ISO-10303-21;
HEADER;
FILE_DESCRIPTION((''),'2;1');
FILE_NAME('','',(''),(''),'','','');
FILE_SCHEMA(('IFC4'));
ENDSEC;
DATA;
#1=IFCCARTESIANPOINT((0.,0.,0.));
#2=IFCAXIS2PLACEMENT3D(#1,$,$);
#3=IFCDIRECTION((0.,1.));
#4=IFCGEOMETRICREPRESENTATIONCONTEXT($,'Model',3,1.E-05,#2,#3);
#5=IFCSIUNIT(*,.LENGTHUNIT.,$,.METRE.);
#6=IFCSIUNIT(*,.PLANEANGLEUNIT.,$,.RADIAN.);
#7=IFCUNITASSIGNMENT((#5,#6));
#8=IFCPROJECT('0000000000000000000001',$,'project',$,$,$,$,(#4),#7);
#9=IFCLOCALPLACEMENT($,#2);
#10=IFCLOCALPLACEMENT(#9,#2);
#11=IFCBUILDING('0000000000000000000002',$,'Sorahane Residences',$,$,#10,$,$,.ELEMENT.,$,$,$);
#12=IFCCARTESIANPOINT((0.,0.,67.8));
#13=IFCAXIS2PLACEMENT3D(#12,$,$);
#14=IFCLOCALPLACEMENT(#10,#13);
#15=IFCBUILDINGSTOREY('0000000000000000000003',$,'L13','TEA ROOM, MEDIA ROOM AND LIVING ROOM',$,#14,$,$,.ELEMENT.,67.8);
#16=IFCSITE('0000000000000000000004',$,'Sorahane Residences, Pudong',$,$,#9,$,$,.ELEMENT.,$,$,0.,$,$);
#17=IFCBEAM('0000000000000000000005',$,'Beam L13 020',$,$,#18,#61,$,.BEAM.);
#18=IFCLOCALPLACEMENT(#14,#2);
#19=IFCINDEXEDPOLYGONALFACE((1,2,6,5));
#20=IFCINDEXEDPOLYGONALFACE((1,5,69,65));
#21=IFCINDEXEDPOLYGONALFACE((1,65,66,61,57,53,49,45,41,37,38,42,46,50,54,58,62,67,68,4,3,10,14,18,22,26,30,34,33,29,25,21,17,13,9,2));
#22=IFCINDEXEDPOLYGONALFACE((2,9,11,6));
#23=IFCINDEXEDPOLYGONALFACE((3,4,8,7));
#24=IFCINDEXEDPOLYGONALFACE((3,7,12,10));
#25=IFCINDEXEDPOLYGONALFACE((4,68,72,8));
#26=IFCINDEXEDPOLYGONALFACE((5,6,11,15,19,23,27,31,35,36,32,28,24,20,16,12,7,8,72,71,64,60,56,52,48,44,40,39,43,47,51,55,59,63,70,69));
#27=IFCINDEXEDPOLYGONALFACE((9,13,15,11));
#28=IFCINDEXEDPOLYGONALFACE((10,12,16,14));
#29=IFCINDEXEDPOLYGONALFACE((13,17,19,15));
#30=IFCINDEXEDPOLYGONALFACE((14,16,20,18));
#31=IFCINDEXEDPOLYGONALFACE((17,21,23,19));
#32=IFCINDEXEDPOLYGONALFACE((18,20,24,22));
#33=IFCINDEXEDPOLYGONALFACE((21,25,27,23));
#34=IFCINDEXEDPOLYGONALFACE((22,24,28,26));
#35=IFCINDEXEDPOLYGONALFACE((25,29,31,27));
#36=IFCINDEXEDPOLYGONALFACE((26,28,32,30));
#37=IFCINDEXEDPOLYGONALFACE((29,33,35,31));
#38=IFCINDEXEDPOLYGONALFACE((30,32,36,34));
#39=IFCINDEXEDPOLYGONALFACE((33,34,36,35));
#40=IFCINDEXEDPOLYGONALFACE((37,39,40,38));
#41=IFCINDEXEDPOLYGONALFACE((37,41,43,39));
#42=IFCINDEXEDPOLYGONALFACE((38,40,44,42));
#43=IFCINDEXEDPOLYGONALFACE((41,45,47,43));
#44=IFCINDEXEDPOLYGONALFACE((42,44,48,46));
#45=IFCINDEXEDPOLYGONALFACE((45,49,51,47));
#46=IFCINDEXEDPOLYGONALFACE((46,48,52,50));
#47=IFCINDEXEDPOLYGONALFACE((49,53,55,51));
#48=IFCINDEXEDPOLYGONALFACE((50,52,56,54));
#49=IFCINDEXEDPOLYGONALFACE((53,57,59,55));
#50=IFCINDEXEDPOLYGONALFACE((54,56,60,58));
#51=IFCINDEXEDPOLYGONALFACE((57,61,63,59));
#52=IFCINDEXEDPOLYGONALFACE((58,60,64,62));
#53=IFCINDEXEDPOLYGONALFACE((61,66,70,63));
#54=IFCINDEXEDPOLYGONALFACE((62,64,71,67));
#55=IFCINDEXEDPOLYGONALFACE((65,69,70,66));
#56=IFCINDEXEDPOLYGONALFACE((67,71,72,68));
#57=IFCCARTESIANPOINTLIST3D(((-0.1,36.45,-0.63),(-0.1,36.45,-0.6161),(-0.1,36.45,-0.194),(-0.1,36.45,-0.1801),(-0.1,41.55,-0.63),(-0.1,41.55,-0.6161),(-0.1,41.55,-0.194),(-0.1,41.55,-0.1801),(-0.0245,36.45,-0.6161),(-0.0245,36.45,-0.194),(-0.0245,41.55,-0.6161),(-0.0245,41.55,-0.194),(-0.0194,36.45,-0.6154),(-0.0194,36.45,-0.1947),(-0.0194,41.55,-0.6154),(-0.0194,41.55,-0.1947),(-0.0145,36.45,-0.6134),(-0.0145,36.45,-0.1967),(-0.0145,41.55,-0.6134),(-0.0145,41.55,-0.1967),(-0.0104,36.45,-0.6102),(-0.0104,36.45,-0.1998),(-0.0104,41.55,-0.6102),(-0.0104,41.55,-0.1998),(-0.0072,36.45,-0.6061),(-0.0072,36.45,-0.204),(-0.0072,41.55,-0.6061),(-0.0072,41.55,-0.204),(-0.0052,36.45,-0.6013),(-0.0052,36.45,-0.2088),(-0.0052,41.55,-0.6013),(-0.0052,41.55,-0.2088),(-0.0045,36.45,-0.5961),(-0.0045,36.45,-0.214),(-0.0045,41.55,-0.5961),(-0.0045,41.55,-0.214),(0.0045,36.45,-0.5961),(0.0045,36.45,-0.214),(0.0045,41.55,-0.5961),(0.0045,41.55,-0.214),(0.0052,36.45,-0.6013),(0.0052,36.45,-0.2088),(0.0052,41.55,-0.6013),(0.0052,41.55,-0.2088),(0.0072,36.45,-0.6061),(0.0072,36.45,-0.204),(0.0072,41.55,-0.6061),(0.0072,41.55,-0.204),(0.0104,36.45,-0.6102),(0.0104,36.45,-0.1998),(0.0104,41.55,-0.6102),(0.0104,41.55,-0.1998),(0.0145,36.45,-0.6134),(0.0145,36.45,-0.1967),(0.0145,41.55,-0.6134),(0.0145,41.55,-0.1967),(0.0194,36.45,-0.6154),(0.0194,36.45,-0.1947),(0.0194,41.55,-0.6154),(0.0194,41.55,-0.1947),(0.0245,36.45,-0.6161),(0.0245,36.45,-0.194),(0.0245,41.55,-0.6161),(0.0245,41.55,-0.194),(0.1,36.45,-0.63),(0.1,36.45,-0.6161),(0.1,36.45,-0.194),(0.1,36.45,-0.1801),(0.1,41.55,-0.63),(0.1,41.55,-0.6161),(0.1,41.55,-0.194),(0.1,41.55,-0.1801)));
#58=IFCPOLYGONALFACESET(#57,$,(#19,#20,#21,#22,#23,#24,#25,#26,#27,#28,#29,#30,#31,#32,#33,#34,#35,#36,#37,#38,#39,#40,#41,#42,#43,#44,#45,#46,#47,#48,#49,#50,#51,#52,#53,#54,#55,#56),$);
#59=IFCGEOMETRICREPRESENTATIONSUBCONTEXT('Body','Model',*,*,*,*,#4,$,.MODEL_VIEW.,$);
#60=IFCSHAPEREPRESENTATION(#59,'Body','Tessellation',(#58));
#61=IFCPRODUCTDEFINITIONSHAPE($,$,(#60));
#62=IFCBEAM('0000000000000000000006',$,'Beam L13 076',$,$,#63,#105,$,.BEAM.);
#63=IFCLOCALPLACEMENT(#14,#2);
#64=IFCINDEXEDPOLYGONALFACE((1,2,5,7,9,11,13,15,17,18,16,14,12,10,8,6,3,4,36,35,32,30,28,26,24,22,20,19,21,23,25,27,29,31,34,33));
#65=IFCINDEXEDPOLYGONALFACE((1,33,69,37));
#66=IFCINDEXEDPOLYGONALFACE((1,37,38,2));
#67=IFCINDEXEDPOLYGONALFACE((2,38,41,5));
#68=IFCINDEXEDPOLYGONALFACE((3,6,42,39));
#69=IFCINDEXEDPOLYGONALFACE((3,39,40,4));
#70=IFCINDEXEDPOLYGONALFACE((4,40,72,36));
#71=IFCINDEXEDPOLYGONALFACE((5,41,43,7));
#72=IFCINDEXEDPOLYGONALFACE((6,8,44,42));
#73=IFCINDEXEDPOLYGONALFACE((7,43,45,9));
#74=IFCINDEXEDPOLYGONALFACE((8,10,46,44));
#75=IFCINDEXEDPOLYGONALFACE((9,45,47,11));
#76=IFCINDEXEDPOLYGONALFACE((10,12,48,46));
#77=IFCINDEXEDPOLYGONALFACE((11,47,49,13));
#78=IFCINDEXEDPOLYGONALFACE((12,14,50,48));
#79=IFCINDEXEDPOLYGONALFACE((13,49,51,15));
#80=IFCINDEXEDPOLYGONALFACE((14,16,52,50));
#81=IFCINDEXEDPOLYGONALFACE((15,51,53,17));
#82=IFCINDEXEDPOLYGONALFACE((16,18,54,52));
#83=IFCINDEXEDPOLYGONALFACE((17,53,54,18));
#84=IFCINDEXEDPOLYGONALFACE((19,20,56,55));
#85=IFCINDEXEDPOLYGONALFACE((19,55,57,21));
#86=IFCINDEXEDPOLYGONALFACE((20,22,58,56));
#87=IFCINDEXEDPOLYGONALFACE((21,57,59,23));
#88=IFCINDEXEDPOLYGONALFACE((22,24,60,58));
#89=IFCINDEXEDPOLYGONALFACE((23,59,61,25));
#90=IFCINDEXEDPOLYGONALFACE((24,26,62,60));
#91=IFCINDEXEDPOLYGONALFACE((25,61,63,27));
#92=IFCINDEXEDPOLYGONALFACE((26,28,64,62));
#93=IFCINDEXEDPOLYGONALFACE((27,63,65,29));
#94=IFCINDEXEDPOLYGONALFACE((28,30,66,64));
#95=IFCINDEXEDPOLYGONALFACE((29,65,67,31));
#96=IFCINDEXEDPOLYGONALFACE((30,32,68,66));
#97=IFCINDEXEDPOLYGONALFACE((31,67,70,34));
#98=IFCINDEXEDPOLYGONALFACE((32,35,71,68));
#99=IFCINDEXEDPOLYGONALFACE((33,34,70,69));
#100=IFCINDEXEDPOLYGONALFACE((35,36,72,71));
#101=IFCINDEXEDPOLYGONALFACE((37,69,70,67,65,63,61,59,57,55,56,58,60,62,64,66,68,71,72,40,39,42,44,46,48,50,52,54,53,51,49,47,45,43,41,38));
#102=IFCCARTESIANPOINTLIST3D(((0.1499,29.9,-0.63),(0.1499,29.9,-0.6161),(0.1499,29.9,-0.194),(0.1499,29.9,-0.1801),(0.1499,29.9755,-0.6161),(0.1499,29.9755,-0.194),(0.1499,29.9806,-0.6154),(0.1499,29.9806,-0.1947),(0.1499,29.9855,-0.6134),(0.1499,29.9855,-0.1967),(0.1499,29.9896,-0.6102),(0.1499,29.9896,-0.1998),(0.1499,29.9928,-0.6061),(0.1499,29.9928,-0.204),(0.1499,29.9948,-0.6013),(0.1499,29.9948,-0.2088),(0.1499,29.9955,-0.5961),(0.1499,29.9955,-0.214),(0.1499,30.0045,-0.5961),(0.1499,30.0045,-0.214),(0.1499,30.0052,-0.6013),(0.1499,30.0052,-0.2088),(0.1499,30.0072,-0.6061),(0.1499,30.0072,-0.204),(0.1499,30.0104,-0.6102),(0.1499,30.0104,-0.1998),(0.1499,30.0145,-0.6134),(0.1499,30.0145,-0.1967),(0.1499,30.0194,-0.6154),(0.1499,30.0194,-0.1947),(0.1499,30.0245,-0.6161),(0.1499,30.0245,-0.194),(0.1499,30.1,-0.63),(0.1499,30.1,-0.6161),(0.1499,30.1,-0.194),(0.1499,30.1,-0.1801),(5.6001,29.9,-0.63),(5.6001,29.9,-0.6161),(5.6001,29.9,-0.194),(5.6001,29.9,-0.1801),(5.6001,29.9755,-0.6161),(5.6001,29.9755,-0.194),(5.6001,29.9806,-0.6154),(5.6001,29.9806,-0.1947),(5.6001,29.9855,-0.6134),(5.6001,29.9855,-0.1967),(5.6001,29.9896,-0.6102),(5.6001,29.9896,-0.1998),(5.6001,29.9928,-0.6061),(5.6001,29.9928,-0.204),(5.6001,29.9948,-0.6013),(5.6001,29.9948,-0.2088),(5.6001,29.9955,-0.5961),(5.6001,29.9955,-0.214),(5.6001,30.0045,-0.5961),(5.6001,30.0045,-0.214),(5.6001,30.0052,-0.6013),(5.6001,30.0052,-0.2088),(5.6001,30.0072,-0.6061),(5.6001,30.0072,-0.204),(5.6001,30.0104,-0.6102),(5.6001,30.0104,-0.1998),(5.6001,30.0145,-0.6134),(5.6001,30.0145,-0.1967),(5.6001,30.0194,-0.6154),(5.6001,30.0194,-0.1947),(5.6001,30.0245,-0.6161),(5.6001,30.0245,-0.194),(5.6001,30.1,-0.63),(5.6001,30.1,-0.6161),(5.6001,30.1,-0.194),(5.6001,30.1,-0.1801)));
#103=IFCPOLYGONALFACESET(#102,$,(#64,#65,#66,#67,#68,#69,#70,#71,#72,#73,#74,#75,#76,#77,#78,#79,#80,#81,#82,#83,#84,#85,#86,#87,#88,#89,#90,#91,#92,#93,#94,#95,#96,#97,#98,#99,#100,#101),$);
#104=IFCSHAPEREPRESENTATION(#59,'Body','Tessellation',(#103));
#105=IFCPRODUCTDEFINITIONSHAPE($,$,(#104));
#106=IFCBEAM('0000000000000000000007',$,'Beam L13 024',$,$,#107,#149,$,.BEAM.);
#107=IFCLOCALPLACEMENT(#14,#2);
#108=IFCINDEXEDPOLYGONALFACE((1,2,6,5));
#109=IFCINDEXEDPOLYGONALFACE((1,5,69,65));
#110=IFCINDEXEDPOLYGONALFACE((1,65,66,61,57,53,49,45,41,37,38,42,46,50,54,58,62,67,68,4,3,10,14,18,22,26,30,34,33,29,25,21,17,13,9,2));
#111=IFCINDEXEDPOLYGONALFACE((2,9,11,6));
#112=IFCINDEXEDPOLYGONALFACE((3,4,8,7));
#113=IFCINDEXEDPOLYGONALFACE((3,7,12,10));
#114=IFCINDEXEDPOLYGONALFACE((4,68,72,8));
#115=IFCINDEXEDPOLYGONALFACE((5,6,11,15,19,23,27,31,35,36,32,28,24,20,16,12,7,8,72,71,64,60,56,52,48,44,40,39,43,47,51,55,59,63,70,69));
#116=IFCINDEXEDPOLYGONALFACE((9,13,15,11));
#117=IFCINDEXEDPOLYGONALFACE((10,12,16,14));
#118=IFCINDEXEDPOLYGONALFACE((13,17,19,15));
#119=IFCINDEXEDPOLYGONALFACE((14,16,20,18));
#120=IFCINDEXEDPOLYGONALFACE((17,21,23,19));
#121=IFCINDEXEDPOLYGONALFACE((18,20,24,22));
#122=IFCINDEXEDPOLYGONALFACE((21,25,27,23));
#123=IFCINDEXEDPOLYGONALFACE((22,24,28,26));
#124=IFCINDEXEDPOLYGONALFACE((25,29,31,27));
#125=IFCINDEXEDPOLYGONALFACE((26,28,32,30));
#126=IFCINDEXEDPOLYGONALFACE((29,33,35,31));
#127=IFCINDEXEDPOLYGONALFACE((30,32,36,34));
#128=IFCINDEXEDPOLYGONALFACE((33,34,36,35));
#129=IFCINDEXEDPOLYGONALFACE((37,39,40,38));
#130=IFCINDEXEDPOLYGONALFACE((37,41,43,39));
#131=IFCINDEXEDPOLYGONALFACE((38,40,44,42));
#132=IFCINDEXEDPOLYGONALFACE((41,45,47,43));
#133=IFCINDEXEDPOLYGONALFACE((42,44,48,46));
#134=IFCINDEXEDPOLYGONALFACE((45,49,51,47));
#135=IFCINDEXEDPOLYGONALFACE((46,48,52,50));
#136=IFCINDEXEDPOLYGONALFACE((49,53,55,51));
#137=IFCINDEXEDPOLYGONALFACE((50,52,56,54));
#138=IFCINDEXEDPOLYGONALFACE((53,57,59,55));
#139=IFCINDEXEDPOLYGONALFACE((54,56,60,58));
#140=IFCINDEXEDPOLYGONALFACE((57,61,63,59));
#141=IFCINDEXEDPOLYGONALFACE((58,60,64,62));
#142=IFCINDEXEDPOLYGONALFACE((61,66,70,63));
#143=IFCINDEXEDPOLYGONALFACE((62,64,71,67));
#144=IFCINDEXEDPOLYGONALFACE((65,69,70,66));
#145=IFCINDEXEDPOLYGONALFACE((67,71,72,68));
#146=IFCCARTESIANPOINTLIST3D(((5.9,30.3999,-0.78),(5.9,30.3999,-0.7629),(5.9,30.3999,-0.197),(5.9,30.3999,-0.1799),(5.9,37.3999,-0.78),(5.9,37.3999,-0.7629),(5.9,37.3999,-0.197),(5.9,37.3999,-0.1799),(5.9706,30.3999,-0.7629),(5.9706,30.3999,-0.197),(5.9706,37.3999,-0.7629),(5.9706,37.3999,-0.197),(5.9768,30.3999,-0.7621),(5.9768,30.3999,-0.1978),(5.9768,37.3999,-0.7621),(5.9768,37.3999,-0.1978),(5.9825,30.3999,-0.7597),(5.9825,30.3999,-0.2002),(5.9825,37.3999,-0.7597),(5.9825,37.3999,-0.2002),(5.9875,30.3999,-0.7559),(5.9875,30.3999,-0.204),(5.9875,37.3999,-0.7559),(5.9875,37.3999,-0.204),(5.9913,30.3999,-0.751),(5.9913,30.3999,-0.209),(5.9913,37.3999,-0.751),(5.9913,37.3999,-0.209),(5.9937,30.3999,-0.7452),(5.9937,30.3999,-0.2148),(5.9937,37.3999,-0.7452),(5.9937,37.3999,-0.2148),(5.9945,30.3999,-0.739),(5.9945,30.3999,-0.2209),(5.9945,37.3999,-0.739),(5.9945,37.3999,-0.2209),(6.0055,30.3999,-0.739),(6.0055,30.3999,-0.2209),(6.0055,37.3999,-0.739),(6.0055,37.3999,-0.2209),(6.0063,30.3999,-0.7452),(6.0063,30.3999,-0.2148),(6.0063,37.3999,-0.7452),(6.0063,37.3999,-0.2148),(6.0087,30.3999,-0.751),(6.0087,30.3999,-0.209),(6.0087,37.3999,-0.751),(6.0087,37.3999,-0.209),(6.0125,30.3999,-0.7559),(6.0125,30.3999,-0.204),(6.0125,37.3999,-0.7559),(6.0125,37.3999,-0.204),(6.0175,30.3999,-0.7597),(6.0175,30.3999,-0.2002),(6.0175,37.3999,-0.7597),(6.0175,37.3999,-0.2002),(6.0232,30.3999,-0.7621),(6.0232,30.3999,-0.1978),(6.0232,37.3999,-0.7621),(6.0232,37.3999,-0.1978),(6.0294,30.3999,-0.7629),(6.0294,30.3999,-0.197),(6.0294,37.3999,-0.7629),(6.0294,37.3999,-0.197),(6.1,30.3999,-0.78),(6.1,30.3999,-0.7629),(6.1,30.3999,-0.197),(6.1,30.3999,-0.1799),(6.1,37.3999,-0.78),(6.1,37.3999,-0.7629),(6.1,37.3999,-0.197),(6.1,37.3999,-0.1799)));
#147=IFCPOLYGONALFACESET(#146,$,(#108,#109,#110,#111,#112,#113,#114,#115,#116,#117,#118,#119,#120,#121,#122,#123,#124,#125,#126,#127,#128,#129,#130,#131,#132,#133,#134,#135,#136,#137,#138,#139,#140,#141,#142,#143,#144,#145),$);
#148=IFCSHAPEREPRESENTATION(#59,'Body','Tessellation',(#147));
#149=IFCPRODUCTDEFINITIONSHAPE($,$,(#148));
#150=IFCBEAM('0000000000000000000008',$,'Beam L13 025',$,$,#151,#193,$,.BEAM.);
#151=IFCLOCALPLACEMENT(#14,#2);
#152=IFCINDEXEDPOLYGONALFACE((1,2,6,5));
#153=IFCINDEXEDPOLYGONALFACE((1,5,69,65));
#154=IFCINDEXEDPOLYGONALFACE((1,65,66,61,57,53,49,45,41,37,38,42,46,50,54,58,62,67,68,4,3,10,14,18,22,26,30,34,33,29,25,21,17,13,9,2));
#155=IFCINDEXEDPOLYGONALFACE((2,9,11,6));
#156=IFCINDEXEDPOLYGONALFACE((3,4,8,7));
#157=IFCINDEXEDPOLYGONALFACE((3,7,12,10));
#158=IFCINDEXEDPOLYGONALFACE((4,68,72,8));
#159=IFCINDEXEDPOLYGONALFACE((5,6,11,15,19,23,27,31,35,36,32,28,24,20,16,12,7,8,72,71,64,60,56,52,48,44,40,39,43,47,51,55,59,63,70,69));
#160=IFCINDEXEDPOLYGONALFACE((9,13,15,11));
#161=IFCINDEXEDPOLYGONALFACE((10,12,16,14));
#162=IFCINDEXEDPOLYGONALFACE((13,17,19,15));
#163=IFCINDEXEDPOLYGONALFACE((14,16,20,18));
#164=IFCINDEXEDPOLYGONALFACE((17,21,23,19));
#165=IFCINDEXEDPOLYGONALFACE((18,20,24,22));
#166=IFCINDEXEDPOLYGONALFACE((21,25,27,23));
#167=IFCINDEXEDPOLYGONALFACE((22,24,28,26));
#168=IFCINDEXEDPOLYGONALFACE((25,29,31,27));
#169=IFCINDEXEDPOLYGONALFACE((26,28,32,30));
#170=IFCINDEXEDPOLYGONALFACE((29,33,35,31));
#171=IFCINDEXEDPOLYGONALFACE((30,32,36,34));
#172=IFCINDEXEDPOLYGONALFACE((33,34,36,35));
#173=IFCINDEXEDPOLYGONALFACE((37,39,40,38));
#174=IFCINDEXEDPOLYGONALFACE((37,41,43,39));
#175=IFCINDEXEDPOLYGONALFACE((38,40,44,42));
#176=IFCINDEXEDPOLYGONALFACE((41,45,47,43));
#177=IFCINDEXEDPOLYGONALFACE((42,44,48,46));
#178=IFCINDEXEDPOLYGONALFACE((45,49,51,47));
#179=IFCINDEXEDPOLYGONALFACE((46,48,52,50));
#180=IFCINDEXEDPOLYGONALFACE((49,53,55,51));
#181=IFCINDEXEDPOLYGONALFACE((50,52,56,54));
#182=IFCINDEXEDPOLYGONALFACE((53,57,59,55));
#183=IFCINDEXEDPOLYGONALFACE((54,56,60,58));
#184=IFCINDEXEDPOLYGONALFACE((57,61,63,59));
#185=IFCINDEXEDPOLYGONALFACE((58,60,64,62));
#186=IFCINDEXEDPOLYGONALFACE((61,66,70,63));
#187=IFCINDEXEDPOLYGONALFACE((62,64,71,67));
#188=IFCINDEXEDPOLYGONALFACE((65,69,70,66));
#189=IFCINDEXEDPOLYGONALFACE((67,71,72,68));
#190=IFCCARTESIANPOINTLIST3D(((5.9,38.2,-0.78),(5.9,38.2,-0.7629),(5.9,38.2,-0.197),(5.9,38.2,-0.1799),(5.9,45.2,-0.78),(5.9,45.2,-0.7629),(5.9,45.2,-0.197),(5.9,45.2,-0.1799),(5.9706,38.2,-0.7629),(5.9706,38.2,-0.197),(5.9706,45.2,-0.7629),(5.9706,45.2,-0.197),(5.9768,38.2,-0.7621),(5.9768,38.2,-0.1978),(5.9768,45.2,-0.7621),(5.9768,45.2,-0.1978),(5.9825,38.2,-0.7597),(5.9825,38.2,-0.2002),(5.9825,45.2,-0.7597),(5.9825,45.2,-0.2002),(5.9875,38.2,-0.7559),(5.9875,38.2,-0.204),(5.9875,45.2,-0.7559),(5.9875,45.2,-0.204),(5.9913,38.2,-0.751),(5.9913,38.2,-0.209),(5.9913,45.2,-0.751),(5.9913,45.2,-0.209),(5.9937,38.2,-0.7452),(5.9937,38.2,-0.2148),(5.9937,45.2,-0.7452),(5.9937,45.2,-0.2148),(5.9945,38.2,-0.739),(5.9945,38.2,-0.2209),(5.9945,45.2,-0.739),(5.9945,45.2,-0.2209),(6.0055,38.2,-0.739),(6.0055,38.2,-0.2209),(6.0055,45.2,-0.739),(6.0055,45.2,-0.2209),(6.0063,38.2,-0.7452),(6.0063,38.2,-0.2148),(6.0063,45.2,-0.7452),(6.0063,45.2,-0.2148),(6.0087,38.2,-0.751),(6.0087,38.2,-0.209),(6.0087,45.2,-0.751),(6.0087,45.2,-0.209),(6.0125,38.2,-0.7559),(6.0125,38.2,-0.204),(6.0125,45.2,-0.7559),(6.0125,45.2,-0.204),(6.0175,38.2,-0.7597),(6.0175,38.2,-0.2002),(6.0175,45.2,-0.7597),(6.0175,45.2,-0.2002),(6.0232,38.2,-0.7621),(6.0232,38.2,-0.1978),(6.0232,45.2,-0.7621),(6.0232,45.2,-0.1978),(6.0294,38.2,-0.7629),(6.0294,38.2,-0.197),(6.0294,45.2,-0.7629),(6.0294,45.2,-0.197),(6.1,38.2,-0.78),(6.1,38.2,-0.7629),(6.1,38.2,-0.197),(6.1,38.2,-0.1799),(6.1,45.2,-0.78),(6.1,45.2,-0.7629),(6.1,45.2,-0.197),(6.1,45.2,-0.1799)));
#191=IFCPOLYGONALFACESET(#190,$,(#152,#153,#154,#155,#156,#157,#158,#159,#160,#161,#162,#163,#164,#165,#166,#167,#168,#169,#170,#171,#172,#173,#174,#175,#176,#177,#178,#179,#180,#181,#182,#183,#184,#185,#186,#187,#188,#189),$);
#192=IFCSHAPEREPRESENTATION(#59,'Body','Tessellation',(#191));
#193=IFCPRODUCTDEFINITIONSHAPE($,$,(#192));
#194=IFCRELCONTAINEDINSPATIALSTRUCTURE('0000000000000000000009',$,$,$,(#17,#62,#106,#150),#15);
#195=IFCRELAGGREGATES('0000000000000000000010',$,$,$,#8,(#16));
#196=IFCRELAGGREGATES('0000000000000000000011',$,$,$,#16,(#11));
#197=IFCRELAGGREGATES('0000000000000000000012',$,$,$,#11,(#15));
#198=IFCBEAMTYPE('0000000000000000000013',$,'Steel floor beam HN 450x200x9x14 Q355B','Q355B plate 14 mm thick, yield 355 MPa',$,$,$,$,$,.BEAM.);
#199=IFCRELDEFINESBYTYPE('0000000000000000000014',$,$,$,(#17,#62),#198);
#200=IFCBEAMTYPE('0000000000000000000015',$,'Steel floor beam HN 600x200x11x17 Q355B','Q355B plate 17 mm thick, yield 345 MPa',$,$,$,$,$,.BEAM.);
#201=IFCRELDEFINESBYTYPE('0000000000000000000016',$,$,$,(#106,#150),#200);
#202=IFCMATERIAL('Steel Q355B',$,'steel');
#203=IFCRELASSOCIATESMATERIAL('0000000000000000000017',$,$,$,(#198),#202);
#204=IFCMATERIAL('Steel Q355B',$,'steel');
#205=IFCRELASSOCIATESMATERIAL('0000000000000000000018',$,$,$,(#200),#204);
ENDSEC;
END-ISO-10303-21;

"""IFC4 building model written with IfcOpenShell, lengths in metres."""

from ifc_helpers import new_model, si_unit, direction, frame, origin, origin_2d, place, context, subcontext, project, spatial, i_section, extrude, material, material_profile, profile_set, type_object, element, save


model = new_model("IFC4")

# Units and contexts
model_context = context("Model", 3, precision=1e-05, world=origin(), true_north=direction((0.0, 1.0)))
body_context = subcontext(model_context, "Body", "Model", "MODEL_VIEW")
ifc_project = project(units=[si_unit("LENGTHUNIT", "METRE"), si_unit("PLANEANGLEUNIT", "RADIAN")], contexts=[model_context])

# Site, building, storey
site_placement = place(None, origin())
site = spatial("IfcSite", under=ifc_project, at=site_placement, Name="Sorahane Residences, Pudong", CompositionType="ELEMENT", RefElevation=0.0)
building_placement = place(site_placement, origin())
building = spatial("IfcBuilding", under=site, at=building_placement, Name="Sorahane Residences", CompositionType="ELEMENT")
storey_placement = place(building_placement, frame((0.0, 0.0, 67.8)))
storey = spatial("IfcBuildingStorey", under=building, at=storey_placement, Name="L13", Description="TEA ROOM, MEDIA ROOM AND LIVING ROOM", CompositionType="ELEMENT", Elevation=67.8)

# Beams
ifc_material_1 = material(Name="Steel Q355B", Category="steel")
ifc_material_profile_1 = material_profile(ifc_material_1, i_section(OverallWidth=0.2, OverallDepth=0.45, WebThickness=0.009, FlangeThickness=0.0139, FilletRadius=0.02, at=origin_2d()), Name="HN 450x200x9x14")
ifc_profile_set_1 = profile_set([ifc_material_profile_1], Name="Steel Q355B")
beam_type_1 = type_object("IfcBeamType", Name="Steel floor beam HN 450x200x9x14 Q355B", Description="Q355B plate 14 mm thick, yield 355 MPa", PredefinedType="BEAM", material=ifc_profile_set_1)
beam_1_placement = place(storey_placement, frame((0.0, 36.45, -0.405), z_axis=(0.0, 1.0, 0.0), x_axis=(-1.0, 0.0, 0.0)))
element("IfcBeam", 1, at=beam_1_placement, inside=storey, type_object=beam_type_1, Name="Beam L13 020", PredefinedType="BEAM", context=body_context, shape_type="SweptSolid", body=[
    extrude(i_section(OverallWidth=0.2, OverallDepth=0.45, WebThickness=0.009, FlangeThickness=0.0139, FilletRadius=0.02, at=origin_2d()), origin(), (0.0, 0.0, 1.0), 5.1001),
])
beam_2_placement = place(storey_placement, frame((0.1499, 30.0, -0.405), z_axis=(1.0, 0.0, 0.0), x_axis=(0.0, 1.0, 0.0)))
element("IfcBeam", 2, at=beam_2_placement, inside=storey, type_object=beam_type_1, Name="Beam L13 076", PredefinedType="BEAM", context=body_context, shape_type="SweptSolid", body=[
    extrude(i_section(OverallWidth=0.2, OverallDepth=0.45, WebThickness=0.009, FlangeThickness=0.0139, FilletRadius=0.02, at=origin_2d()), origin(), (0.0, 0.0, 1.0), 5.4502),
])
ifc_material_2 = material(Name="Steel Q355B", Category="steel")
ifc_material_profile_2 = material_profile(ifc_material_2, i_section(OverallWidth=0.2, OverallDepth=0.6001, WebThickness=0.011, FlangeThickness=0.0171, FilletRadius=0.0239, at=origin_2d()), Name="HN 600x200x11x17")
ifc_profile_set_2 = profile_set([ifc_material_profile_2], Name="Steel Q355B")
beam_type_2 = type_object("IfcBeamType", Name="Steel floor beam HN 600x200x11x17 Q355B", Description="Q355B plate 17 mm thick, yield 345 MPa", PredefinedType="BEAM", material=ifc_profile_set_2)
for number, where, z_axis, x_axis, name in (
    (3, (6.0, 30.3999, -0.48), (0.0, 1.0, 0.0), (-1.0, 0.0, 0.0), "Beam L13 024"),
    (4, (6.0, 38.2, -0.48), (0.0, 1.0, 0.0), (-1.0, 0.0, 0.0), "Beam L13 025"),
):
    element("IfcBeam", number, at=place(storey_placement, frame(where, z_axis=z_axis, x_axis=x_axis)), inside=storey, type_object=beam_type_2, Name=name, PredefinedType="BEAM", context=body_context, shape_type="SweptSolid", body=[
        extrude(i_section(OverallWidth=0.2, OverallDepth=0.6001, WebThickness=0.011, FlangeThickness=0.0171, FilletRadius=0.0239, at=origin_2d()), origin(), (0.0, 0.0, 1.0), 7.0),
    ])

save(model, "model.ifc")
